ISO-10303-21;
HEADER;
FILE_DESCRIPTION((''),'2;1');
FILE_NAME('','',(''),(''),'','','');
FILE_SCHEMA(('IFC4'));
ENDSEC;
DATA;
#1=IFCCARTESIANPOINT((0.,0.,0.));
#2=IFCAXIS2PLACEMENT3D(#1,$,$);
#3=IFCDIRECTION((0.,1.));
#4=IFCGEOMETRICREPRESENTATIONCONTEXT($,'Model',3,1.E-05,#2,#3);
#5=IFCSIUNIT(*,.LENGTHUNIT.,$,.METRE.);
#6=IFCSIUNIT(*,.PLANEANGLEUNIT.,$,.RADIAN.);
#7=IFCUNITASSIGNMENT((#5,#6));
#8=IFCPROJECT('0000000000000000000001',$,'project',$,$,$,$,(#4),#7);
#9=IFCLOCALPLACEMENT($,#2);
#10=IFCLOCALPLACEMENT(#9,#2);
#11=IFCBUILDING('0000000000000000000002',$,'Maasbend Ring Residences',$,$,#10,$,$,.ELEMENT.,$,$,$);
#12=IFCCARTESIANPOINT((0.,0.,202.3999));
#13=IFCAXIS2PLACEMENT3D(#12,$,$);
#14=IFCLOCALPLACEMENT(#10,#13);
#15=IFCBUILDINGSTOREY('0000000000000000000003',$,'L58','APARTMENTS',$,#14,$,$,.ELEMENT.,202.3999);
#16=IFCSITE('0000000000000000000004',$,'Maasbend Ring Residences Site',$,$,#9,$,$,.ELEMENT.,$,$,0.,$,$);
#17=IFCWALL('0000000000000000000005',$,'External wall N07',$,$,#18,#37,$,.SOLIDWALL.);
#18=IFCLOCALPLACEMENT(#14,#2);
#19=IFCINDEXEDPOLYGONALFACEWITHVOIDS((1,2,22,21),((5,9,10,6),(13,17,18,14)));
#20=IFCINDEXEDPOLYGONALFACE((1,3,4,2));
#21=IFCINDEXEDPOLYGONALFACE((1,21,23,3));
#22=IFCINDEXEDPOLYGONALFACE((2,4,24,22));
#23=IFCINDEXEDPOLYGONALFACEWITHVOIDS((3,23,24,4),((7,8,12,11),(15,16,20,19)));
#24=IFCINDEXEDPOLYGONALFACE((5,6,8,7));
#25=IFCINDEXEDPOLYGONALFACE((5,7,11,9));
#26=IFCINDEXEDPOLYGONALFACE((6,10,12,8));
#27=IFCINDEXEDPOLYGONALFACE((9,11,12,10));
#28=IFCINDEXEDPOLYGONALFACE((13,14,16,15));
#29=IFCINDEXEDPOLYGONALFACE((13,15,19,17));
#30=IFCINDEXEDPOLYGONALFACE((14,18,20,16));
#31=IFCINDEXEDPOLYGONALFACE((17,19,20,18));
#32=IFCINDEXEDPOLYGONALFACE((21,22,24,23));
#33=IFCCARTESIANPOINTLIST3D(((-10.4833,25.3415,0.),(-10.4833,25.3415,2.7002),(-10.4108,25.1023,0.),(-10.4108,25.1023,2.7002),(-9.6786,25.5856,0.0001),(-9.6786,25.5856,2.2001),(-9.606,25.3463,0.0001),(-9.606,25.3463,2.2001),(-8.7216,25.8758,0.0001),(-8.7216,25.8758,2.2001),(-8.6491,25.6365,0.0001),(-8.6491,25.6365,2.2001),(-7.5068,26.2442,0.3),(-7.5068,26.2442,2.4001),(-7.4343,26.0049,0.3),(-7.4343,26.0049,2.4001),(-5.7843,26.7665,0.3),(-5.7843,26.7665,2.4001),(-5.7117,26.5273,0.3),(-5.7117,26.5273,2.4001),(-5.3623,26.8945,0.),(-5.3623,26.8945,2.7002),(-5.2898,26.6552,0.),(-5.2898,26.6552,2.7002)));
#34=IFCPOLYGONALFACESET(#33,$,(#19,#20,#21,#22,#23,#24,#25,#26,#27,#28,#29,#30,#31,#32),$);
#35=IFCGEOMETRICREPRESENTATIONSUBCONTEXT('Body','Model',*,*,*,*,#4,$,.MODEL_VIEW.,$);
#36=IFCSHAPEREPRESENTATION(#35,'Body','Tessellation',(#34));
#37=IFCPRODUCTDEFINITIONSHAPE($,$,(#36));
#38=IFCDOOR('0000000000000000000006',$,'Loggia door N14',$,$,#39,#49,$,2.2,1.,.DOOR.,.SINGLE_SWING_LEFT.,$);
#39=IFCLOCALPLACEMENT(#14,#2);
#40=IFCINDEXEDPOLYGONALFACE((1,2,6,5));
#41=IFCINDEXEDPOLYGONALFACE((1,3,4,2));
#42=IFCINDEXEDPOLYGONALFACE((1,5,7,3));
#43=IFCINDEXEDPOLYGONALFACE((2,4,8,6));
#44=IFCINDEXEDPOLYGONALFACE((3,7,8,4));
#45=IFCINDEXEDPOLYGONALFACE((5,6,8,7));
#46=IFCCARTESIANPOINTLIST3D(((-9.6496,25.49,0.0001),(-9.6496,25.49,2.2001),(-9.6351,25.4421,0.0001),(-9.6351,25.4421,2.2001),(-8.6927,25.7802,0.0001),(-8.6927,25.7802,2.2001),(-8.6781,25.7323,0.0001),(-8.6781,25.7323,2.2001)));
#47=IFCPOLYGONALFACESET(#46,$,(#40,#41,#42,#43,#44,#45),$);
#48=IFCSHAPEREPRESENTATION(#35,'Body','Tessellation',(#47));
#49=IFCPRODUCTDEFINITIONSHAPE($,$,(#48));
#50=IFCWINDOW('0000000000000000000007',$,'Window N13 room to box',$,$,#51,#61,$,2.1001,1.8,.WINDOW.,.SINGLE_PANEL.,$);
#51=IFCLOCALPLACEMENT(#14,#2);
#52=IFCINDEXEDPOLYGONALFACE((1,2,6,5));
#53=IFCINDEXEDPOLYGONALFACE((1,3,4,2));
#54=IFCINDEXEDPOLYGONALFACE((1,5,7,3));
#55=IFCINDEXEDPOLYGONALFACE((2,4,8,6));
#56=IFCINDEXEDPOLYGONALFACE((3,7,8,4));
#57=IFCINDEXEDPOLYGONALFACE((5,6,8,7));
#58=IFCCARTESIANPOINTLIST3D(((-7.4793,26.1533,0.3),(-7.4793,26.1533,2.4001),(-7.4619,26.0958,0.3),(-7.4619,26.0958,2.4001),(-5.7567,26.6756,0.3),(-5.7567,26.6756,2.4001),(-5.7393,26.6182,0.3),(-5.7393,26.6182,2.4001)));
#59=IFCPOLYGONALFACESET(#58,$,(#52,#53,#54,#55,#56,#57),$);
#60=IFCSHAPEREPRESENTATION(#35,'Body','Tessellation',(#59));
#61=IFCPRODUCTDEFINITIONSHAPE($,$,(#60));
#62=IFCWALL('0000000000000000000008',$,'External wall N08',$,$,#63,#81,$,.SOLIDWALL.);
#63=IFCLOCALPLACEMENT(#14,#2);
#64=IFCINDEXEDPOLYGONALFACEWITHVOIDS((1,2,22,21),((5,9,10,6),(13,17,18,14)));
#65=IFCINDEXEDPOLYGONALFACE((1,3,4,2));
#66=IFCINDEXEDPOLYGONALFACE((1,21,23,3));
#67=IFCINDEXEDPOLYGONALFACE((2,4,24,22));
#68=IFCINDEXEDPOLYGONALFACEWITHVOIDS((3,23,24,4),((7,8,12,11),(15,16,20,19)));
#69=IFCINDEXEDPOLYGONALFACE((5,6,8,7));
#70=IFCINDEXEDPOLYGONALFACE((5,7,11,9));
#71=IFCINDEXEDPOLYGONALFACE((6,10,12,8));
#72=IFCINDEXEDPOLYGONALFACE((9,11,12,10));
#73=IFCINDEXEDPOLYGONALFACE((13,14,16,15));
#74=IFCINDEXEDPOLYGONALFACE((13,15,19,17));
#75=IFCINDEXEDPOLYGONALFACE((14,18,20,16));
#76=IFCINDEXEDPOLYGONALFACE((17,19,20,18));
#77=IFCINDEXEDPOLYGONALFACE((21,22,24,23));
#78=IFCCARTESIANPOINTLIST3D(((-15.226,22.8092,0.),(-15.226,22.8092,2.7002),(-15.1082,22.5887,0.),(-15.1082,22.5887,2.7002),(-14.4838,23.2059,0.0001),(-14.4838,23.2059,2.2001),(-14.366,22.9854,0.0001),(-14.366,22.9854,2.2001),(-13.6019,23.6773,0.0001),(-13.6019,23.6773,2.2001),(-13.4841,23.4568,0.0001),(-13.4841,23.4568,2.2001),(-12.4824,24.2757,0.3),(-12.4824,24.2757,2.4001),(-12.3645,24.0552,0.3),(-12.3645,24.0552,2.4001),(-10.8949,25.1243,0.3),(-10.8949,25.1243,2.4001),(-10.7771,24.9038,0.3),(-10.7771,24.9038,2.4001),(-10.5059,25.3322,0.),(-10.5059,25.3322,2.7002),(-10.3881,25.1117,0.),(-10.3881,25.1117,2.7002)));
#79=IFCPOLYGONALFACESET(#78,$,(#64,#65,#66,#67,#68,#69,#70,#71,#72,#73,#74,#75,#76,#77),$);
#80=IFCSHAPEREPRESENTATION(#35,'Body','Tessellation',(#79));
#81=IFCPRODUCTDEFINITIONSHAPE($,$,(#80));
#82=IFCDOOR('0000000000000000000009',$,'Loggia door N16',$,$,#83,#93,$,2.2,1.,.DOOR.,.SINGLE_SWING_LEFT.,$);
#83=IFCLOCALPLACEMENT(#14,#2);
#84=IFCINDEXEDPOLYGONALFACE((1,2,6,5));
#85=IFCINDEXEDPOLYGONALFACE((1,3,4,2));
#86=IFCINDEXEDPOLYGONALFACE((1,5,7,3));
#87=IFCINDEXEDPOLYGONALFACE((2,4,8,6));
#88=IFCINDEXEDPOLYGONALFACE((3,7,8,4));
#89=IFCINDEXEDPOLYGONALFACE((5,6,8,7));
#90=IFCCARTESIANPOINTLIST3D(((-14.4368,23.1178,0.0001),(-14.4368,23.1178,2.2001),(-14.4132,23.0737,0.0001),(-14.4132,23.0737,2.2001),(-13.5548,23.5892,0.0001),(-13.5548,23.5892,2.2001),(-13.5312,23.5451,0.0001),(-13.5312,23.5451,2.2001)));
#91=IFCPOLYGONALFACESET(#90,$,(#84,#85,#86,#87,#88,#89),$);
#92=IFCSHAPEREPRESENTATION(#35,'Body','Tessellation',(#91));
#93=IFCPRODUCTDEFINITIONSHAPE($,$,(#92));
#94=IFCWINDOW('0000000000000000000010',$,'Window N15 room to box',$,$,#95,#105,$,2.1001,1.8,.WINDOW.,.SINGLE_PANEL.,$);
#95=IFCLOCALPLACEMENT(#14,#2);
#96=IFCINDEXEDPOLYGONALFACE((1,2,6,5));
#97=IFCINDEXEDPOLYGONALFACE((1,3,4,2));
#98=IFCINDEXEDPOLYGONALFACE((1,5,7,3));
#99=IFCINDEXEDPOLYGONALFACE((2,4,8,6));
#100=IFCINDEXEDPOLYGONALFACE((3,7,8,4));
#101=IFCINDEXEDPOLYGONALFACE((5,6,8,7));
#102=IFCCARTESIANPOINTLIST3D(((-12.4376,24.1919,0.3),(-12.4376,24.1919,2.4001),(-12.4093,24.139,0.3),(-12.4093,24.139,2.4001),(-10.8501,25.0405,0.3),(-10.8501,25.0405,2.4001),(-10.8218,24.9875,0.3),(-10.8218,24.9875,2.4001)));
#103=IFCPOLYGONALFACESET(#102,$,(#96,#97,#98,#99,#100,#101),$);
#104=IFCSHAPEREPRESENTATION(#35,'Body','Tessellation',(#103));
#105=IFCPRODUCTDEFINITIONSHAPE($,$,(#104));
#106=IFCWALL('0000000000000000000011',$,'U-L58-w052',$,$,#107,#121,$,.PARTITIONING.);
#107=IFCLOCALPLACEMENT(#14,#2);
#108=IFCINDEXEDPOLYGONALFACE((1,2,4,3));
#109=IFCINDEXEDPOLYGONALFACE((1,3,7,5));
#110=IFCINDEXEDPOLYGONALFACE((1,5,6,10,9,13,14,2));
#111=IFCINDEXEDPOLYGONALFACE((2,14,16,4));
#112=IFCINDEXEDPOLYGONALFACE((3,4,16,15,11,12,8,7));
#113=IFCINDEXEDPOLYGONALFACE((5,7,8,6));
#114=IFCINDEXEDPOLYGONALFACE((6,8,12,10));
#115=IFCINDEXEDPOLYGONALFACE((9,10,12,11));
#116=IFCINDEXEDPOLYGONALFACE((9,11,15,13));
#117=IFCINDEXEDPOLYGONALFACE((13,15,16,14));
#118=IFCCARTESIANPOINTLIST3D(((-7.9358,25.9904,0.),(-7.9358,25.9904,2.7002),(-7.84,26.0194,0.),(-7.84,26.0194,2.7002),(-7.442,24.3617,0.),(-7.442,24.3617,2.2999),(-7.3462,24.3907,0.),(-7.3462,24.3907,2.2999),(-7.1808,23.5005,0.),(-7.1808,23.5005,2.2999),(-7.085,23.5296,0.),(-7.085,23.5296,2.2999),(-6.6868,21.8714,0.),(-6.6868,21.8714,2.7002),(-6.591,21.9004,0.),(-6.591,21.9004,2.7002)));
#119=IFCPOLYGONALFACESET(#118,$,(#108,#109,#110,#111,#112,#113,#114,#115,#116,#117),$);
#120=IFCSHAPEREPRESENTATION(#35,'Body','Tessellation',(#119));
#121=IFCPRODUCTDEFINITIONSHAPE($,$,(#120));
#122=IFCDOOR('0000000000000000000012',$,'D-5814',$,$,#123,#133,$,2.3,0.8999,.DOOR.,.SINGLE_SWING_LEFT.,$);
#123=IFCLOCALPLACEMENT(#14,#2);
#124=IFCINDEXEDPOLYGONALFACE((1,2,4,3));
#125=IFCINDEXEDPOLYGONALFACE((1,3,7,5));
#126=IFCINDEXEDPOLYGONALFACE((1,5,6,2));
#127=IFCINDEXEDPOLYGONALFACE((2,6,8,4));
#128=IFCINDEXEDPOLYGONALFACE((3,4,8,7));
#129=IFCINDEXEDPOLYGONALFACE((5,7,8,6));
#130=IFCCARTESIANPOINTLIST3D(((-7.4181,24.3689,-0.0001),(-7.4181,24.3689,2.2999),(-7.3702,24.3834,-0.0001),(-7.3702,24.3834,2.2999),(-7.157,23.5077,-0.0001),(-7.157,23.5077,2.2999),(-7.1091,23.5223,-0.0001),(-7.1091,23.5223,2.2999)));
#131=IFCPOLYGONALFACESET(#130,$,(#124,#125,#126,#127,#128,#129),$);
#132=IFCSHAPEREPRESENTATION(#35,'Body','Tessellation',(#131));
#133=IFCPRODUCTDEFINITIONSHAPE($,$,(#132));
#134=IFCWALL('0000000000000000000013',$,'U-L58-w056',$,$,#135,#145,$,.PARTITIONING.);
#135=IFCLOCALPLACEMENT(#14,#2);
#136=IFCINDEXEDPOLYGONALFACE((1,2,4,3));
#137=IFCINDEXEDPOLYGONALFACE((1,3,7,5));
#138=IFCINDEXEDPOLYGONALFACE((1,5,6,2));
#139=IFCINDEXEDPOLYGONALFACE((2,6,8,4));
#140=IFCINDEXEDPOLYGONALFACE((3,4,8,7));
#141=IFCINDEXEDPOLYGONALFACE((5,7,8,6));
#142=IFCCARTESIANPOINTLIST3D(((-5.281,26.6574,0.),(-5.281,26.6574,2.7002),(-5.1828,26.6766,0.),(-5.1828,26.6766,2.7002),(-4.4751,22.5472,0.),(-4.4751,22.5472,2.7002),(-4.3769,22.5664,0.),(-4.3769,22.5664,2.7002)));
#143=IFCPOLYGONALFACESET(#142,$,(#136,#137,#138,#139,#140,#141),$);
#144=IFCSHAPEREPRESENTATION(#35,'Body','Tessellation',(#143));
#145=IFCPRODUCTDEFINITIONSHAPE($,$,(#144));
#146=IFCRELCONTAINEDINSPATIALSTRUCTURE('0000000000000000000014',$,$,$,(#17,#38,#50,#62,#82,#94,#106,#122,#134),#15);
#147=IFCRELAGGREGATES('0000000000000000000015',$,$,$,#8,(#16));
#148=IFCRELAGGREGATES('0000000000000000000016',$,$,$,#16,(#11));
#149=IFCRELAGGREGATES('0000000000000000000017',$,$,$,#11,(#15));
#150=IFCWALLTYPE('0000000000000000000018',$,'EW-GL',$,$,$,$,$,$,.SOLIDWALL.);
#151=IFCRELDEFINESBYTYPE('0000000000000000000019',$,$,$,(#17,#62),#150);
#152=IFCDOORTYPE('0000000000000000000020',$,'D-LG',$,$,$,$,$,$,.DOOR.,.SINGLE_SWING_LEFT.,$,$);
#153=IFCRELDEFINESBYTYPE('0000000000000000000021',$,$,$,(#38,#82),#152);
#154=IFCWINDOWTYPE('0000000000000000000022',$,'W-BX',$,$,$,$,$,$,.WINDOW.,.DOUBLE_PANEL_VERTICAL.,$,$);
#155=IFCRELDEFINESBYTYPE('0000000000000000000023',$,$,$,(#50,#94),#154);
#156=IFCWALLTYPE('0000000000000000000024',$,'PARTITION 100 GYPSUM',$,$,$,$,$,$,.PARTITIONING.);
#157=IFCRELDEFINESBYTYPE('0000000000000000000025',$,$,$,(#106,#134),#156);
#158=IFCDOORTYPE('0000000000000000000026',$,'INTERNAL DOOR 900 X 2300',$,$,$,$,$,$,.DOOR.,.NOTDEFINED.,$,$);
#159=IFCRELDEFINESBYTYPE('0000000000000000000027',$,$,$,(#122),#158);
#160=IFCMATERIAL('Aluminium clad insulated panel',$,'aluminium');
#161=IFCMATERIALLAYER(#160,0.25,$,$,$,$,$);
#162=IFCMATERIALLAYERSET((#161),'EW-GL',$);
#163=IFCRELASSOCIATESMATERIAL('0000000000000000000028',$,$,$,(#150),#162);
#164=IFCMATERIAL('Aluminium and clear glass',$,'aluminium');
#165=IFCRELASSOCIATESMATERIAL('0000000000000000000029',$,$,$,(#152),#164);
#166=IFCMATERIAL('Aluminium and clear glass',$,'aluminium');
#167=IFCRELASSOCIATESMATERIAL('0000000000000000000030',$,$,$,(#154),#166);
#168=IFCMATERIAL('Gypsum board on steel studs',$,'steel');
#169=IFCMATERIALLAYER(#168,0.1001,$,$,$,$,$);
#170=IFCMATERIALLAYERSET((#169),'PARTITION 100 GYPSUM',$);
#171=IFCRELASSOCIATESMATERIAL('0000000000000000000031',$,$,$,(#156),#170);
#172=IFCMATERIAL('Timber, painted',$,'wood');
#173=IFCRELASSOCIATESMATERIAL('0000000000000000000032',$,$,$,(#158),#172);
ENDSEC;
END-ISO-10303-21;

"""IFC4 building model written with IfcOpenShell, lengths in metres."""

from ifc_helpers import new_model, si_unit, direction, frame, frame_2d, origin, place, context, subcontext, project, spatial, rectangle, extrude, material, layer, layer_set, type_object, element, fill, save


model = new_model("IFC4")

# Units and contexts
model_context = context("Model", 3, precision=1e-05, world=origin(), true_north=direction((0.0, 1.0)))
body_context = subcontext(model_context, "Body", "Model", "MODEL_VIEW")
ifc_project = project(units=[si_unit("LENGTHUNIT", "METRE"), si_unit("PLANEANGLEUNIT", "RADIAN")], contexts=[model_context])

# Site, building, storey
site_placement = place(None, origin())
site = spatial("IfcSite", under=ifc_project, at=site_placement, Name="Maasbend Ring Residences Site", CompositionType="ELEMENT", RefElevation=0.0)
building_placement = place(site_placement, origin())
building = spatial("IfcBuilding", under=site, at=building_placement, Name="Maasbend Ring Residences", CompositionType="ELEMENT")
storey_placement = place(building_placement, frame((0.0, 0.0, 202.3999)))
storey = spatial("IfcBuildingStorey", under=building, at=storey_placement, Name="L58", Description="APARTMENTS", CompositionType="ELEMENT", Elevation=202.3999)

# Walls, openings, doors, windows
ifc_material_1 = material(Name="Aluminium clad insulated panel", Category="aluminium")
ifc_layer_1 = layer(ifc_material_1, 0.25)
ifc_layer_set_1 = layer_set([ifc_layer_1], Name="EW-GL")
wall_type_1 = type_object("IfcWallType", Name="EW-GL", PredefinedType="SOLIDWALL", material=ifc_layer_set_1)
wall_1_placement = place(storey_placement, frame((-5.3259, 26.7749, 0.0), z_axis=(0.0, 0.0, 1.0), x_axis=(-0.956966, -0.290201, 0.0)))
wall_1 = element("IfcWall", 1, at=wall_1_placement, inside=storey, type_object=wall_type_1, Name="External wall N07", PredefinedType="SOLIDWALL", context=body_context, shape_type="SweptSolid", body=[
    extrude(rectangle(XDim=5.3513, YDim=0.25, at=frame_2d((2.6758, 0.0))), origin(), (0.0, 0.0, 1.0), 2.7002),
])
opening_1_placement = place(wall_1_placement, frame((0.4412, 0.0, 0.3)))
opening_1 = element("IfcOpeningElement", 2, at=opening_1_placement, cuts=wall_1, PredefinedType="OPENING", context=body_context, shape_type="SweptSolid", body=[
    extrude(rectangle(XDim=1.8, YDim=2.1001, at=frame_2d((0.8999, 1.05))), frame((0.0, 0.135, 0.0), z_axis=(0.0, -1.0, 0.0), x_axis=(1.0, 0.0, 0.0)), (0.0, 0.0, 1.0), 0.27),
])
opening_2_placement = place(wall_1_placement, frame((3.5105, 0.0, 0.0)))
opening_2 = element("IfcOpeningElement", 3, at=opening_2_placement, cuts=wall_1, PredefinedType="OPENING", context=body_context, shape_type="SweptSolid", body=[
    extrude(rectangle(XDim=1.0, YDim=2.2, at=frame_2d((0.5, 1.1001))), frame((0.0, 0.135, 0.0), z_axis=(0.0, -1.0, 0.0), x_axis=(1.0, 0.0, 0.0)), (0.0, 0.0, 1.0), 0.27),
])
ifc_material_2 = material(Name="Aluminium and clear glass", Category="aluminium")
door_type_1 = type_object("IfcDoorType", Name="D-LG", OperationType="SINGLE_SWING_LEFT", PredefinedType="DOOR", material=ifc_material_2)
door_1_placement = place(opening_2_placement, origin())
door_1 = element("IfcDoor", 4, at=door_1_placement, inside=storey, type_object=door_type_1, Name="Loggia door N14", OperationType="SINGLE_SWING_LEFT", OverallHeight=2.2, OverallWidth=1.0, PredefinedType="DOOR", context=body_context, shape_type="SweptSolid", body=[
    extrude(rectangle(XDim=1.0, YDim=2.2, at=frame_2d((0.5, 1.1001))), frame((0.0, 0.0249, 0.0), z_axis=(0.0, -1.0, 0.0), x_axis=(1.0, 0.0, 0.0)), (0.0, 0.0, 1.0), 0.05),
])
fill(opening_2, door_1)
ifc_material_3 = material(Name="Aluminium and clear glass", Category="aluminium")
window_type_1 = type_object("IfcWindowType", Name="W-BX", PartitioningType="DOUBLE_PANEL_VERTICAL", PredefinedType="WINDOW", material=ifc_material_3)
window_1_placement = place(opening_1_placement, origin())
window_1 = element("IfcWindow", 5, at=window_1_placement, inside=storey, type_object=window_type_1, Name="Window N13 room to box", OverallHeight=2.1001, OverallWidth=1.8, PartitioningType="SINGLE_PANEL", PredefinedType="WINDOW", context=body_context, shape_type="SweptSolid", body=[
    extrude(rectangle(XDim=1.8, YDim=2.1001, at=frame_2d((0.8999, 1.05))), frame((0.0, 0.03, 0.0), z_axis=(0.0, -1.0, 0.0), x_axis=(1.0, 0.0, 0.0)), (0.0, 0.0, 1.0), 0.0601),
])
fill(opening_1, window_1)
wall_2_placement = place(storey_placement, frame((-10.447, 25.2219, 0.0), z_axis=(0.0, 0.0, 1.0), x_axis=(-0.881916, -0.471407, 0.0)))
wall_2 = element("IfcWall", 6, at=wall_2_placement, inside=storey, type_object=wall_type_1, Name="External wall N08", PredefinedType="SOLIDWALL", context=body_context, shape_type="SweptSolid", body=[
    extrude(rectangle(XDim=5.3521, YDim=0.25, at=frame_2d((2.676, 0.0))), origin(), (0.0, 0.0, 1.0), 2.7002),
])
opening_3_placement = place(wall_2_placement, frame((0.4412, 0.0, 0.3)))
opening_3 = element("IfcOpeningElement", 7, at=opening_3_placement, cuts=wall_2, PredefinedType="OPENING", context=body_context, shape_type="SweptSolid", body=[
    extrude(rectangle(XDim=1.8, YDim=2.1001, at=frame_2d((0.8999, 1.05))), frame((0.0, 0.135, 0.0), z_axis=(0.0, -1.0, 0.0), x_axis=(1.0, 0.0, 0.0)), (0.0, 0.0, 1.0), 0.27),
])
opening_4_placement = place(wall_2_placement, frame((3.5105, 0.0, 0.0)))
opening_4 = element("IfcOpeningElement", 8, at=opening_4_placement, cuts=wall_2, PredefinedType="OPENING", context=body_context, shape_type="SweptSolid", body=[
    extrude(rectangle(XDim=1.0, YDim=2.2, at=frame_2d((0.5, 1.1001))), frame((0.0, 0.135, 0.0), z_axis=(0.0, -1.0, 0.0), x_axis=(1.0, 0.0, 0.0)), (0.0, 0.0, 1.0), 0.27),
])
door_2_placement = place(opening_4_placement, origin())
door_2 = element("IfcDoor", 9, at=door_2_placement, inside=storey, type_object=door_type_1, Name="Loggia door N16", OperationType="SINGLE_SWING_LEFT", OverallHeight=2.2, OverallWidth=1.0, PredefinedType="DOOR", context=body_context, shape_type="SweptSolid", body=[
    extrude(rectangle(XDim=1.0, YDim=2.2, at=frame_2d((0.5, 1.1001))), frame((0.0, 0.0249, 0.0), z_axis=(0.0, -1.0, 0.0), x_axis=(1.0, 0.0, 0.0)), (0.0, 0.0, 1.0), 0.05),
])
fill(opening_4, door_2)
window_2_placement = place(opening_3_placement, origin())
window_2 = element("IfcWindow", 10, at=window_2_placement, inside=storey, type_object=window_type_1, Name="Window N15 room to box", OverallHeight=2.1001, OverallWidth=1.8, PartitioningType="SINGLE_PANEL", PredefinedType="WINDOW", context=body_context, shape_type="SweptSolid", body=[
    extrude(rectangle(XDim=1.8, YDim=2.1001, at=frame_2d((0.8999, 1.05))), frame((0.0, 0.03, 0.0), z_axis=(0.0, -1.0, 0.0), x_axis=(1.0, 0.0, 0.0)), (0.0, 0.0, 1.0), 0.0601),
])
fill(opening_3, window_2)

# Wall, opening, door
ifc_material_4 = material(Name="Gypsum board on steel studs", Category="steel")
ifc_layer_2 = layer(ifc_material_4, 0.1001)
ifc_layer_set_2 = layer_set([ifc_layer_2], Name="PARTITION 100 GYPSUM")
wall_type_2 = type_object("IfcWallType", Name="PARTITION 100 GYPSUM", PredefinedType="PARTITIONING", material=ifc_layer_set_2)
wall_3_placement = place(storey_placement, frame((-7.8879, 26.0049, 0.0), z_axis=(0.0, 0.0, 1.0), x_axis=(0.290193, -0.956968, 0.0)))
wall_3 = element("IfcWall", 11, at=wall_3_placement, inside=storey, type_object=wall_type_2, Name="U-L58-w052", PredefinedType="PARTITIONING", context=body_context, shape_type="SweptSolid", body=[
    extrude(rectangle(XDim=4.3042, YDim=0.1001, at=frame_2d((2.1521, 0.0))), origin(), (0.0, 0.0, 1.0), 2.7002),
])
opening_5_placement = place(wall_3_placement, frame((1.7019, 0.0, 0.0)))
opening_5 = element("IfcOpeningElement", 12, at=opening_5_placement, cuts=wall_3, PredefinedType="OPENING", context=body_context, shape_type="SweptSolid", body=[
    extrude(rectangle(XDim=0.8999, YDim=2.3, at=frame_2d((0.45, 1.1499))), frame((0.0, 0.0601, 0.0), z_axis=(0.0, -1.0, 0.0), x_axis=(1.0, 0.0, 0.0)), (0.0, 0.0, 1.0), 0.1201),
])
ifc_material_5 = material(Name="Timber, painted", Category="wood")
door_type_2 = type_object("IfcDoorType", Name="INTERNAL DOOR 900 X 2300", OperationType="NOTDEFINED", PredefinedType="DOOR", material=ifc_material_5)
door_3_placement = place(opening_5_placement, origin())
door_3 = element("IfcDoor", 13, at=door_3_placement, inside=storey, type_object=door_type_2, Name="D-5814", OperationType="SINGLE_SWING_LEFT", OverallHeight=2.3, OverallWidth=0.8999, PredefinedType="DOOR", context=body_context, shape_type="SweptSolid", body=[
    extrude(rectangle(XDim=0.8999, YDim=2.3, at=frame_2d((0.45, 1.1499))), frame((0.0, 0.0249, 0.0), z_axis=(0.0, -1.0, 0.0), x_axis=(1.0, 0.0, 0.0)), (0.0, 0.0, 1.0), 0.05),
])
fill(opening_5, door_3)

# Wall
wall_4_placement = place(storey_placement, frame((-5.2319, 26.667, 0.0), z_axis=(0.0, 0.0, 1.0), x_axis=(0.192416, -0.981314, 0.0)))
element("IfcWall", 14, at=wall_4_placement, inside=storey, type_object=wall_type_2, Name="U-L58-w056", PredefinedType="PARTITIONING", context=body_context, shape_type="SweptSolid", body=[
    extrude(rectangle(XDim=4.1885, YDim=0.1001, at=frame_2d((2.0942, 0.0))), origin(), (0.0, 0.0, 1.0), 2.7002),
])

save(model, "model.ifc")
